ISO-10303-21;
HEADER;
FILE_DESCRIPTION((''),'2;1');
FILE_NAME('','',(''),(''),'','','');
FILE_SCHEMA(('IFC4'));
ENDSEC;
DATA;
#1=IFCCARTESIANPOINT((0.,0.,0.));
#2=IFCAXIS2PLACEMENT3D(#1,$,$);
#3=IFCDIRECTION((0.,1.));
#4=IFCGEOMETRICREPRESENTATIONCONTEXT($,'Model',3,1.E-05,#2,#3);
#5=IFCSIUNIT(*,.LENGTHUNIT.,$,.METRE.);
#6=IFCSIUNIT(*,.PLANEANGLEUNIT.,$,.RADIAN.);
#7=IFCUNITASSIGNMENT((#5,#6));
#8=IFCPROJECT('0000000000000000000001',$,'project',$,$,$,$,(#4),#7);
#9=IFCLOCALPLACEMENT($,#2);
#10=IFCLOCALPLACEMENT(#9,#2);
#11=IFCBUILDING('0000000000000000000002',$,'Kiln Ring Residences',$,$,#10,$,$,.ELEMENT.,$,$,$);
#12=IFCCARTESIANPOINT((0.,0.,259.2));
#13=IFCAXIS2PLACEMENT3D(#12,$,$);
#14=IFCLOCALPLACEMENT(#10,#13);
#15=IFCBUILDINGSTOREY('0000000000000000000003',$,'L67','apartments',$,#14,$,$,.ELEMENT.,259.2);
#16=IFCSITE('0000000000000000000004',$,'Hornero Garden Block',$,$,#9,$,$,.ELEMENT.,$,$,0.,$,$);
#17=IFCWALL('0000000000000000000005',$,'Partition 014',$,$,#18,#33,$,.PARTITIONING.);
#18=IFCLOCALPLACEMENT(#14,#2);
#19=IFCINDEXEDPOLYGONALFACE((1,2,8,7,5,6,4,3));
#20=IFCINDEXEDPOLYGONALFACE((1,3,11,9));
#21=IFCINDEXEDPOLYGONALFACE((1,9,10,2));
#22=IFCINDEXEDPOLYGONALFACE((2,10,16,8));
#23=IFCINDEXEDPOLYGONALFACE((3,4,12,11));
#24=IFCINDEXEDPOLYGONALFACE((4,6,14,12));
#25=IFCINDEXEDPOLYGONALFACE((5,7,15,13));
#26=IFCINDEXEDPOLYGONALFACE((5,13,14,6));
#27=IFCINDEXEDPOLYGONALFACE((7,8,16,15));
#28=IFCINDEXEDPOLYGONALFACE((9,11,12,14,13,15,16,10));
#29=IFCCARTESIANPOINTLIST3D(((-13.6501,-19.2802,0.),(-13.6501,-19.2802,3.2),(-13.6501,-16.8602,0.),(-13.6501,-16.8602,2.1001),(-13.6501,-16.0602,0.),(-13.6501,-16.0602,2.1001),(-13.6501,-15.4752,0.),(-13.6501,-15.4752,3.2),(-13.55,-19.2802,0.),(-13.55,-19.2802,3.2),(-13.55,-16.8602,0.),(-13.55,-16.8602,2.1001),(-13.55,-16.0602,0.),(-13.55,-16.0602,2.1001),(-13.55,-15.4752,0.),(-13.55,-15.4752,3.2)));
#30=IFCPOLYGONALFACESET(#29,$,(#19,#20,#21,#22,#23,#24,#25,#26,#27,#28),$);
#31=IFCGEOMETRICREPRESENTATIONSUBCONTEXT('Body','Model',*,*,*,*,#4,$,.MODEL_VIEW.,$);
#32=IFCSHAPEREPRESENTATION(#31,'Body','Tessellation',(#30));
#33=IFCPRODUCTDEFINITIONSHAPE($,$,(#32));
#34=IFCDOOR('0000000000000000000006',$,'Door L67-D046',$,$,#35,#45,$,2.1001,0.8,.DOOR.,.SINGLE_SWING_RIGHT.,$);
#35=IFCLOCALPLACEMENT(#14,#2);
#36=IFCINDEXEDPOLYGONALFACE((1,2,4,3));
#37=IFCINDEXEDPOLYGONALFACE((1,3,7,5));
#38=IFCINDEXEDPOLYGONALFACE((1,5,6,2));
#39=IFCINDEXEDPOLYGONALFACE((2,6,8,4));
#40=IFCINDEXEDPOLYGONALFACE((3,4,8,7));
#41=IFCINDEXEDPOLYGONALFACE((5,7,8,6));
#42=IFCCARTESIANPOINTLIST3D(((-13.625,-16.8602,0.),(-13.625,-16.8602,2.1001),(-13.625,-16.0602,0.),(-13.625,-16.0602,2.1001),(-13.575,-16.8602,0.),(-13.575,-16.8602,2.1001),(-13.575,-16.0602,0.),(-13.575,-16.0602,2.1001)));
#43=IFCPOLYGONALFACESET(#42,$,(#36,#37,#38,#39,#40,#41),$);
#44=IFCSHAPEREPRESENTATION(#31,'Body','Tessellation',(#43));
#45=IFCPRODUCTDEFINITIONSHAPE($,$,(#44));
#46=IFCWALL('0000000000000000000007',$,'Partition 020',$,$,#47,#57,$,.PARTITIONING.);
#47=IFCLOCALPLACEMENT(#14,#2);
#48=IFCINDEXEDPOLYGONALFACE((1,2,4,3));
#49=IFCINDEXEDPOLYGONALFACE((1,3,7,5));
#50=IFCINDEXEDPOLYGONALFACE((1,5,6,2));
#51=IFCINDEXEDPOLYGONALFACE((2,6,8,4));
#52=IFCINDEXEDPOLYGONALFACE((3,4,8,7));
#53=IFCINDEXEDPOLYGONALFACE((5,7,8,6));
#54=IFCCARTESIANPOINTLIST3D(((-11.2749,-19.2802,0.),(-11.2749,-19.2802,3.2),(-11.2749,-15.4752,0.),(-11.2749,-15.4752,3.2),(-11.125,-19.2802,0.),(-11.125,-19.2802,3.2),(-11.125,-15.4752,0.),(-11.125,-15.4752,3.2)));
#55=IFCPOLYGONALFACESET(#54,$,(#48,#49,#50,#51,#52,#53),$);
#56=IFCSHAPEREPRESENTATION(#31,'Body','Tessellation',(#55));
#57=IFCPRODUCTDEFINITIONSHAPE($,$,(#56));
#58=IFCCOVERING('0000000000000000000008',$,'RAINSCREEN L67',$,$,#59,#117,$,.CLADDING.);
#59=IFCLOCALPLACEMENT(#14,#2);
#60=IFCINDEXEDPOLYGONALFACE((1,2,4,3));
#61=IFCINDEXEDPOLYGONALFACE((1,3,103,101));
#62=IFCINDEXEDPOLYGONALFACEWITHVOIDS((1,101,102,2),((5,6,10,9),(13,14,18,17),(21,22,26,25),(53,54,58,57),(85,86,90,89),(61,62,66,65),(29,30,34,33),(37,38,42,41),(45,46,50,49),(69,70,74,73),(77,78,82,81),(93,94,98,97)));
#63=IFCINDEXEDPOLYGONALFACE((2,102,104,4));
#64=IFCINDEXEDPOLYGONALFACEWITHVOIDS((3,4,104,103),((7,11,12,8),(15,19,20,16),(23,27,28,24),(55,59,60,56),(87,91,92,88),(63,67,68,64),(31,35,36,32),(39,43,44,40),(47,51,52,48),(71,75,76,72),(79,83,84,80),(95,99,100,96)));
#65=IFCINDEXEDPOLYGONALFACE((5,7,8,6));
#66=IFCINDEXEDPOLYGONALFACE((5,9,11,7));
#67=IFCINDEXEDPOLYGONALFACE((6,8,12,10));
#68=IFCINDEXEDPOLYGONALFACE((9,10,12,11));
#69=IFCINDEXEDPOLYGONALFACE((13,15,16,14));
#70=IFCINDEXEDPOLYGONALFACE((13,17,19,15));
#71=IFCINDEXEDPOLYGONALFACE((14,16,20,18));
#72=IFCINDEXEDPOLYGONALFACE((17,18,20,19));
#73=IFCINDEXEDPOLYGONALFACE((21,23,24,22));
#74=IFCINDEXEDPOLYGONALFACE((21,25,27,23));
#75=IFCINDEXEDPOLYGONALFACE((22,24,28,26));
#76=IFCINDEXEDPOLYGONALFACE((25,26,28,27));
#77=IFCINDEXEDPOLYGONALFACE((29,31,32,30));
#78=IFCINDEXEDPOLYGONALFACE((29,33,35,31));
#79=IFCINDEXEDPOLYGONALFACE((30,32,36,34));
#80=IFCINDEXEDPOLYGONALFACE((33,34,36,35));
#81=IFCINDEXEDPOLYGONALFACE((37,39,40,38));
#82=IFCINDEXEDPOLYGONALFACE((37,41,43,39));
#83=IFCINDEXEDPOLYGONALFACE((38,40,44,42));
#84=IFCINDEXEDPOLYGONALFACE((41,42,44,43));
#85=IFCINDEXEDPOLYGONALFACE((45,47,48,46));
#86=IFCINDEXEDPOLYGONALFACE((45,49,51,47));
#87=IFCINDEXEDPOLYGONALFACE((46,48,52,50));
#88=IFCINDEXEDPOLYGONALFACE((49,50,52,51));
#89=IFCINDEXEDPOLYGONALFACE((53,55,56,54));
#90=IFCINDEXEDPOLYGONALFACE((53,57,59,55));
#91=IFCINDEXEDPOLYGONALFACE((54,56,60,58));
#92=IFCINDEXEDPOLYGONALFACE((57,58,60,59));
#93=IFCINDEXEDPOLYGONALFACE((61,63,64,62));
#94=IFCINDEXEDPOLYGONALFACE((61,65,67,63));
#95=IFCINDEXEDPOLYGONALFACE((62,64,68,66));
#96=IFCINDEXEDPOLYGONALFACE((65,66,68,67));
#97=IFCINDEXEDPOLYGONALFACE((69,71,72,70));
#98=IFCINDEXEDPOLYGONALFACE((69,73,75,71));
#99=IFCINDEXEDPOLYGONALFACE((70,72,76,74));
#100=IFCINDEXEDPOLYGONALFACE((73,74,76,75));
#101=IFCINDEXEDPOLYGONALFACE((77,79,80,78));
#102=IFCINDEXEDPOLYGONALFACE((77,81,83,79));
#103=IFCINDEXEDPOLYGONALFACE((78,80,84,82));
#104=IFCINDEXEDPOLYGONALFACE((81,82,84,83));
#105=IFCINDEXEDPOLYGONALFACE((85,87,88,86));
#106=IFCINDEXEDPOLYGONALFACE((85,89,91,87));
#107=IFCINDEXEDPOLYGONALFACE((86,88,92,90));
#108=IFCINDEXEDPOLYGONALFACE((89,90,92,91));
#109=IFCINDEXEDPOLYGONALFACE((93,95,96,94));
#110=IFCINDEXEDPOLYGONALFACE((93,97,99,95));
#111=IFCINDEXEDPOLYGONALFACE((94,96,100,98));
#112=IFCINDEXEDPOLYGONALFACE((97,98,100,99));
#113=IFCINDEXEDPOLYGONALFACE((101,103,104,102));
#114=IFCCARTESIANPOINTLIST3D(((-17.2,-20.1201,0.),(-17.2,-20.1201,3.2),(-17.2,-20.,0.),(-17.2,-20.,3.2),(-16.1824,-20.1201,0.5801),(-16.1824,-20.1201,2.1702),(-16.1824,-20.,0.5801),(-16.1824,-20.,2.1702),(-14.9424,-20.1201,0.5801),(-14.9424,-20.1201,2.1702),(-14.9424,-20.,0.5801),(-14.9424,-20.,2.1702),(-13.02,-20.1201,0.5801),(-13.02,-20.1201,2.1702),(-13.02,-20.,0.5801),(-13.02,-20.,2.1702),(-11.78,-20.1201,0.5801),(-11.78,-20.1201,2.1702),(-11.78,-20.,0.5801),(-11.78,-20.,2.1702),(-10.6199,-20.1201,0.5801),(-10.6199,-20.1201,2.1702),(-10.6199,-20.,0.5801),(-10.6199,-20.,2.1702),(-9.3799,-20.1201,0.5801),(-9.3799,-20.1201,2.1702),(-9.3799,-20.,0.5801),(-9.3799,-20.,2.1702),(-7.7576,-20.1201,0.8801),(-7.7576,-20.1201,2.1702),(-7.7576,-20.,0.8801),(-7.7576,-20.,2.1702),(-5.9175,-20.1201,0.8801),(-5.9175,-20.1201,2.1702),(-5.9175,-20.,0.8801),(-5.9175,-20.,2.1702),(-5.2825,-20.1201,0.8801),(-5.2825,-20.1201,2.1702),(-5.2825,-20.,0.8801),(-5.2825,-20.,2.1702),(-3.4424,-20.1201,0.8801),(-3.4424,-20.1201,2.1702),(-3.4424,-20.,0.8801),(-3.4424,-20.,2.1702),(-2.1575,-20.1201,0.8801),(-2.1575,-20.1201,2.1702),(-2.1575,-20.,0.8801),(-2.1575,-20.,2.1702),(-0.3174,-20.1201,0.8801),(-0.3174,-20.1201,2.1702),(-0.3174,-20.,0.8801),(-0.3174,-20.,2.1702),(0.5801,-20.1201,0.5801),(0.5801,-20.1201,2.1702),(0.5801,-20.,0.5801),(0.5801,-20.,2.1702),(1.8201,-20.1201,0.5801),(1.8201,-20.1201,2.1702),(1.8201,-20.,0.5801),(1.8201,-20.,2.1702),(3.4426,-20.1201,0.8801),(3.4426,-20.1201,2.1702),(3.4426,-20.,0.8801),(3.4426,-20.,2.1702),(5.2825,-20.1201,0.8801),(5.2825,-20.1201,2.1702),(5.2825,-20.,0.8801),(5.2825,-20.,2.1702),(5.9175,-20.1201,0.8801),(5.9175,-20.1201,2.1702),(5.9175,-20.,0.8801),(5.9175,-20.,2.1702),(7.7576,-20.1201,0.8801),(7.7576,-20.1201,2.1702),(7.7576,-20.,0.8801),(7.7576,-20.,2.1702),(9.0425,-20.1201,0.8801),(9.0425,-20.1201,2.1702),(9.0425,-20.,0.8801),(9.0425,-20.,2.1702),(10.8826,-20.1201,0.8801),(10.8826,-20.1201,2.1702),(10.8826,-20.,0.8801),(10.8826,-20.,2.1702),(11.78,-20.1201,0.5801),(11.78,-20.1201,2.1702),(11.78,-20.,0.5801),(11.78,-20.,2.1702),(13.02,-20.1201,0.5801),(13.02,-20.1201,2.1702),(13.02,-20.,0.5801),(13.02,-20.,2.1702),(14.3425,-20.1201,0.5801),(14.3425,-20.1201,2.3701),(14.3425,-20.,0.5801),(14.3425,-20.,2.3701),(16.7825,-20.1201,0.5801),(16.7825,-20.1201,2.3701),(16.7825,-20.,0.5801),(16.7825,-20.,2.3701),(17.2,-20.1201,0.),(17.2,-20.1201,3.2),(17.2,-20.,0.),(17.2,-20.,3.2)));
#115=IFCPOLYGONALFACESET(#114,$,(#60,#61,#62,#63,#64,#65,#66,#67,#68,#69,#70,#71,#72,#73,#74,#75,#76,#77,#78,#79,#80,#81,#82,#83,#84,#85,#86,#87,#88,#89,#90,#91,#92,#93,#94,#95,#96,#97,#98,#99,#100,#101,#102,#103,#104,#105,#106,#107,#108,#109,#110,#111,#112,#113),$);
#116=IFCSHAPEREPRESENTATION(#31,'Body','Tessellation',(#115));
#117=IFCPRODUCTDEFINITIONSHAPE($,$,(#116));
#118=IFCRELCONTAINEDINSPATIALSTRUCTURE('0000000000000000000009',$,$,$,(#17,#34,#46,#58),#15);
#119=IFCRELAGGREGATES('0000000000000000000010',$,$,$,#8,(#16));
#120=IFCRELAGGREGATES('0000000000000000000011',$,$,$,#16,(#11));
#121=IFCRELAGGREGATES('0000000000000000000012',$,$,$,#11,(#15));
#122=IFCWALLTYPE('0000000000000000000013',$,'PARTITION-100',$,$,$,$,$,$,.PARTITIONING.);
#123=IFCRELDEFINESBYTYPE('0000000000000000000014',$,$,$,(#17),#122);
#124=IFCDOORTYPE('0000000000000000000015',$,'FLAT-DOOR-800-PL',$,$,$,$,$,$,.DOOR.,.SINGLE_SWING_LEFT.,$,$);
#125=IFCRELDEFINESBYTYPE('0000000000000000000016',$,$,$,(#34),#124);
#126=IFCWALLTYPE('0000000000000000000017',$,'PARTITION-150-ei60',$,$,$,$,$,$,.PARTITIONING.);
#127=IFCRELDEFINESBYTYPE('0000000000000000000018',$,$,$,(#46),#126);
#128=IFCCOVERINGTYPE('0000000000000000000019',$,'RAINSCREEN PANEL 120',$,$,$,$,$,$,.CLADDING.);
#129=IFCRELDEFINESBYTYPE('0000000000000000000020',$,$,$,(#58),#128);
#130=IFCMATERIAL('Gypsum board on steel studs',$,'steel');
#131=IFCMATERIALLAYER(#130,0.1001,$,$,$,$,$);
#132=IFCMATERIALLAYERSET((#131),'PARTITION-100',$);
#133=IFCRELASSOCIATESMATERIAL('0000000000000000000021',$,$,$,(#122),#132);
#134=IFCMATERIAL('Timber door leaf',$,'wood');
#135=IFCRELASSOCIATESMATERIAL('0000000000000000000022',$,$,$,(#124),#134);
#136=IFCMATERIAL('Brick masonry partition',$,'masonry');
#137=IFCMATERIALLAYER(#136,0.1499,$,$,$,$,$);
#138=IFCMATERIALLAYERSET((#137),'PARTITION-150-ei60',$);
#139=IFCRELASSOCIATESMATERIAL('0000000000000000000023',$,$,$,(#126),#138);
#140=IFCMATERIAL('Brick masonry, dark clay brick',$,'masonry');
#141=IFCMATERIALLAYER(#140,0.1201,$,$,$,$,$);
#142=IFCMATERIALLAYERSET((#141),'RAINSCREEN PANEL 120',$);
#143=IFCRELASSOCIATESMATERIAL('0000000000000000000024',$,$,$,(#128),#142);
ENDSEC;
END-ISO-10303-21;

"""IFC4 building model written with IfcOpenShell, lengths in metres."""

from ifc_helpers import new_model, si_unit, direction, frame, frame_2d, origin, place, context, subcontext, project, spatial, polyline, rectangle, outline, extrude, material, layer, layer_set, type_object, element, fill, save


model = new_model("IFC4")

# Units and contexts
model_context = context("Model", 3, precision=1e-05, world=origin(), true_north=direction((0.0, 1.0)))
body_context = subcontext(model_context, "Body", "Model", "MODEL_VIEW")
ifc_project = project(units=[si_unit("LENGTHUNIT", "METRE"), si_unit("PLANEANGLEUNIT", "RADIAN")], contexts=[model_context])

# Site, building, storey
site_placement = place(None, origin())
site = spatial("IfcSite", under=ifc_project, at=site_placement, Name="Hornero Garden Block", CompositionType="ELEMENT", RefElevation=0.0)
building_placement = place(site_placement, origin())
building = spatial("IfcBuilding", under=site, at=building_placement, Name="Kiln Ring Residences", CompositionType="ELEMENT")
storey_placement = place(building_placement, frame((0.0, 0.0, 259.2)))
storey = spatial("IfcBuildingStorey", under=building, at=storey_placement, Name="L67", Description="apartments", CompositionType="ELEMENT", Elevation=259.2)

# Wall, opening, door
ifc_material_1 = material(Name="Gypsum board on steel studs", Category="steel")
ifc_layer_1 = layer(ifc_material_1, 0.1001)
ifc_layer_set_1 = layer_set([ifc_layer_1], Name="PARTITION-100")
wall_type_1 = type_object("IfcWallType", Name="PARTITION-100", PredefinedType="PARTITIONING", material=ifc_layer_set_1)
wall_1_placement = place(storey_placement, frame((-13.6001, -19.28, 0.0), z_axis=(0.0, 0.0, 1.0), x_axis=(0.0, 1.0, 0.0)))
wall_1 = element("IfcWall", 1, at=wall_1_placement, inside=storey, type_object=wall_type_1, Name="Partition 014", PredefinedType="PARTITIONING", context=body_context, shape_type="SweptSolid", body=[
    extrude(rectangle(XDim=3.8049, YDim=0.1001, at=frame_2d((1.9023, 0.0))), origin(), (0.0, 0.0, 1.0), 3.2),
])
opening_1_placement = place(wall_1_placement, frame((2.4199, 0.0, 0.0)))
opening_1 = element("IfcOpeningElement", 2, at=opening_1_placement, cuts=wall_1, PredefinedType="OPENING", context=body_context, shape_type="SweptSolid", body=[
    extrude(rectangle(XDim=0.8, YDim=2.1001, at=frame_2d((0.3999, 1.05))), frame((0.0, 0.0601, 0.0), z_axis=(0.0, -1.0, 0.0), x_axis=(1.0, 0.0, 0.0)), (0.0, 0.0, 1.0), 0.1201),
])
ifc_material_2 = material(Name="Timber door leaf", Category="wood")
door_type_1 = type_object("IfcDoorType", Name="FLAT-DOOR-800-PL", OperationType="SINGLE_SWING_LEFT", PredefinedType="DOOR", material=ifc_material_2)
door_1_placement = place(opening_1_placement, origin())
door_1 = element("IfcDoor", 3, at=door_1_placement, inside=storey, type_object=door_type_1, Name="Door L67-D046", OperationType="SINGLE_SWING_RIGHT", OverallHeight=2.1001, OverallWidth=0.8, PredefinedType="DOOR", context=body_context, shape_type="SweptSolid", body=[
    extrude(rectangle(XDim=0.8, YDim=2.1001, at=frame_2d((0.3999, 1.05))), frame((0.0, 0.0249, 0.0), z_axis=(0.0, -1.0, 0.0), x_axis=(1.0, 0.0, 0.0)), (0.0, 0.0, 1.0), 0.05),
])
fill(opening_1, door_1)

# Wall
ifc_material_3 = material(Name="Brick masonry partition", Category="masonry")
ifc_layer_2 = layer(ifc_material_3, 0.1499)
ifc_layer_set_2 = layer_set([ifc_layer_2], Name="PARTITION-150-ei60")
wall_type_2 = type_object("IfcWallType", Name="PARTITION-150-ei60", PredefinedType="PARTITIONING", material=ifc_layer_set_2)
wall_2_placement = place(storey_placement, frame((-11.2, -19.28, 0.0), z_axis=(0.0, 0.0, 1.0), x_axis=(0.0, 1.0, 0.0)))
element("IfcWall", 4, at=wall_2_placement, inside=storey, type_object=wall_type_2, Name="Partition 020", PredefinedType="PARTITIONING", context=body_context, shape_type="SweptSolid", body=[
    extrude(rectangle(XDim=3.8049, YDim=0.1499, at=frame_2d((1.9023, 0.0))), origin(), (0.0, 0.0, 1.0), 3.2),
])

# Covering
ifc_material_4 = material(Name="Brick masonry, dark clay brick", Category="masonry")
ifc_layer_3 = layer(ifc_material_4, 0.1201)
ifc_layer_set_3 = layer_set([ifc_layer_3], Name="RAINSCREEN PANEL 120")
covering_type = type_object("IfcCoveringType", Name="RAINSCREEN PANEL 120", PredefinedType="CLADDING", material=ifc_layer_set_3)
covering_placement = place(storey_placement, frame((-17.2, -20.0601, 0.0), z_axis=(0.0, 0.0, 1.0), x_axis=(1.0, 0.0, 0.0)))
element("IfcCovering", 5, at=covering_placement, inside=storey, type_object=covering_type, Name="RAINSCREEN L67", PredefinedType="CLADDING", context=body_context, shape_type="SweptSolid", body=[
    extrude(outline(polyline([(0.0, 0.0), (34.3999, 0.0), (34.3999, 3.2), (0.0, 3.2), (0.0, 0.0)]), holes=[polyline([(1.0176, 0.5801), (2.2576, 0.5801), (2.2576, 2.1702), (1.0176, 2.1702), (1.0176, 0.5801)]), polyline([(4.1799, 2.1702), (4.1799, 0.5801), (5.4199, 0.5801), (5.4199, 2.1702), (4.1799, 2.1702)]), polyline([(6.5801, 2.1702), (6.5801, 0.5801), (7.8201, 0.5801), (7.8201, 2.1702), (6.5801, 2.1702)]), polyline([(9.4424, 0.8801), (11.2825, 0.8801), (11.2825, 2.1702), (9.4424, 2.1702), (9.4424, 0.8801)]), polyline([(11.9175, 2.1702), (11.9175, 0.8801), (13.7576, 0.8801), (13.7576, 2.1702), (11.9175, 2.1702)]), polyline([(15.0425, 2.1702), (15.0425, 0.8801), (16.8826, 0.8801), (16.8826, 2.1702), (15.0425, 2.1702)]), polyline([(17.78, 0.5801), (19.02, 0.5801), (19.02, 2.1702), (17.78, 2.1702), (17.78, 0.5801)]), polyline([(28.98, 2.1702), (28.98, 0.5801), (30.22, 0.5801), (30.22, 2.1702), (28.98, 2.1702)]), polyline([(31.5425, 2.3701), (31.5425, 0.5801), (33.9824, 0.5801), (33.9824, 2.3701), (31.5425, 2.3701)]), polyline([(20.6426, 0.8801), (22.4824, 0.8801), (22.4824, 2.1702), (20.6426, 2.1702), (20.6426, 0.8801)]), polyline([(23.1174, 2.1702), (23.1174, 0.8801), (24.9575, 0.8801), (24.9575, 2.1702), (23.1174, 2.1702)]), polyline([(26.2424, 2.1702), (26.2424, 0.8801), (28.0825, 0.8801), (28.0825, 2.1702), (26.2424, 2.1702)])]), frame((0.0, 0.0601, 0.0), z_axis=(0.0, -1.0, 0.0), x_axis=(1.0, 0.0, 0.0)), (0.0, 0.0, 1.0), 0.1201),
])

save(model, "model.ifc")
